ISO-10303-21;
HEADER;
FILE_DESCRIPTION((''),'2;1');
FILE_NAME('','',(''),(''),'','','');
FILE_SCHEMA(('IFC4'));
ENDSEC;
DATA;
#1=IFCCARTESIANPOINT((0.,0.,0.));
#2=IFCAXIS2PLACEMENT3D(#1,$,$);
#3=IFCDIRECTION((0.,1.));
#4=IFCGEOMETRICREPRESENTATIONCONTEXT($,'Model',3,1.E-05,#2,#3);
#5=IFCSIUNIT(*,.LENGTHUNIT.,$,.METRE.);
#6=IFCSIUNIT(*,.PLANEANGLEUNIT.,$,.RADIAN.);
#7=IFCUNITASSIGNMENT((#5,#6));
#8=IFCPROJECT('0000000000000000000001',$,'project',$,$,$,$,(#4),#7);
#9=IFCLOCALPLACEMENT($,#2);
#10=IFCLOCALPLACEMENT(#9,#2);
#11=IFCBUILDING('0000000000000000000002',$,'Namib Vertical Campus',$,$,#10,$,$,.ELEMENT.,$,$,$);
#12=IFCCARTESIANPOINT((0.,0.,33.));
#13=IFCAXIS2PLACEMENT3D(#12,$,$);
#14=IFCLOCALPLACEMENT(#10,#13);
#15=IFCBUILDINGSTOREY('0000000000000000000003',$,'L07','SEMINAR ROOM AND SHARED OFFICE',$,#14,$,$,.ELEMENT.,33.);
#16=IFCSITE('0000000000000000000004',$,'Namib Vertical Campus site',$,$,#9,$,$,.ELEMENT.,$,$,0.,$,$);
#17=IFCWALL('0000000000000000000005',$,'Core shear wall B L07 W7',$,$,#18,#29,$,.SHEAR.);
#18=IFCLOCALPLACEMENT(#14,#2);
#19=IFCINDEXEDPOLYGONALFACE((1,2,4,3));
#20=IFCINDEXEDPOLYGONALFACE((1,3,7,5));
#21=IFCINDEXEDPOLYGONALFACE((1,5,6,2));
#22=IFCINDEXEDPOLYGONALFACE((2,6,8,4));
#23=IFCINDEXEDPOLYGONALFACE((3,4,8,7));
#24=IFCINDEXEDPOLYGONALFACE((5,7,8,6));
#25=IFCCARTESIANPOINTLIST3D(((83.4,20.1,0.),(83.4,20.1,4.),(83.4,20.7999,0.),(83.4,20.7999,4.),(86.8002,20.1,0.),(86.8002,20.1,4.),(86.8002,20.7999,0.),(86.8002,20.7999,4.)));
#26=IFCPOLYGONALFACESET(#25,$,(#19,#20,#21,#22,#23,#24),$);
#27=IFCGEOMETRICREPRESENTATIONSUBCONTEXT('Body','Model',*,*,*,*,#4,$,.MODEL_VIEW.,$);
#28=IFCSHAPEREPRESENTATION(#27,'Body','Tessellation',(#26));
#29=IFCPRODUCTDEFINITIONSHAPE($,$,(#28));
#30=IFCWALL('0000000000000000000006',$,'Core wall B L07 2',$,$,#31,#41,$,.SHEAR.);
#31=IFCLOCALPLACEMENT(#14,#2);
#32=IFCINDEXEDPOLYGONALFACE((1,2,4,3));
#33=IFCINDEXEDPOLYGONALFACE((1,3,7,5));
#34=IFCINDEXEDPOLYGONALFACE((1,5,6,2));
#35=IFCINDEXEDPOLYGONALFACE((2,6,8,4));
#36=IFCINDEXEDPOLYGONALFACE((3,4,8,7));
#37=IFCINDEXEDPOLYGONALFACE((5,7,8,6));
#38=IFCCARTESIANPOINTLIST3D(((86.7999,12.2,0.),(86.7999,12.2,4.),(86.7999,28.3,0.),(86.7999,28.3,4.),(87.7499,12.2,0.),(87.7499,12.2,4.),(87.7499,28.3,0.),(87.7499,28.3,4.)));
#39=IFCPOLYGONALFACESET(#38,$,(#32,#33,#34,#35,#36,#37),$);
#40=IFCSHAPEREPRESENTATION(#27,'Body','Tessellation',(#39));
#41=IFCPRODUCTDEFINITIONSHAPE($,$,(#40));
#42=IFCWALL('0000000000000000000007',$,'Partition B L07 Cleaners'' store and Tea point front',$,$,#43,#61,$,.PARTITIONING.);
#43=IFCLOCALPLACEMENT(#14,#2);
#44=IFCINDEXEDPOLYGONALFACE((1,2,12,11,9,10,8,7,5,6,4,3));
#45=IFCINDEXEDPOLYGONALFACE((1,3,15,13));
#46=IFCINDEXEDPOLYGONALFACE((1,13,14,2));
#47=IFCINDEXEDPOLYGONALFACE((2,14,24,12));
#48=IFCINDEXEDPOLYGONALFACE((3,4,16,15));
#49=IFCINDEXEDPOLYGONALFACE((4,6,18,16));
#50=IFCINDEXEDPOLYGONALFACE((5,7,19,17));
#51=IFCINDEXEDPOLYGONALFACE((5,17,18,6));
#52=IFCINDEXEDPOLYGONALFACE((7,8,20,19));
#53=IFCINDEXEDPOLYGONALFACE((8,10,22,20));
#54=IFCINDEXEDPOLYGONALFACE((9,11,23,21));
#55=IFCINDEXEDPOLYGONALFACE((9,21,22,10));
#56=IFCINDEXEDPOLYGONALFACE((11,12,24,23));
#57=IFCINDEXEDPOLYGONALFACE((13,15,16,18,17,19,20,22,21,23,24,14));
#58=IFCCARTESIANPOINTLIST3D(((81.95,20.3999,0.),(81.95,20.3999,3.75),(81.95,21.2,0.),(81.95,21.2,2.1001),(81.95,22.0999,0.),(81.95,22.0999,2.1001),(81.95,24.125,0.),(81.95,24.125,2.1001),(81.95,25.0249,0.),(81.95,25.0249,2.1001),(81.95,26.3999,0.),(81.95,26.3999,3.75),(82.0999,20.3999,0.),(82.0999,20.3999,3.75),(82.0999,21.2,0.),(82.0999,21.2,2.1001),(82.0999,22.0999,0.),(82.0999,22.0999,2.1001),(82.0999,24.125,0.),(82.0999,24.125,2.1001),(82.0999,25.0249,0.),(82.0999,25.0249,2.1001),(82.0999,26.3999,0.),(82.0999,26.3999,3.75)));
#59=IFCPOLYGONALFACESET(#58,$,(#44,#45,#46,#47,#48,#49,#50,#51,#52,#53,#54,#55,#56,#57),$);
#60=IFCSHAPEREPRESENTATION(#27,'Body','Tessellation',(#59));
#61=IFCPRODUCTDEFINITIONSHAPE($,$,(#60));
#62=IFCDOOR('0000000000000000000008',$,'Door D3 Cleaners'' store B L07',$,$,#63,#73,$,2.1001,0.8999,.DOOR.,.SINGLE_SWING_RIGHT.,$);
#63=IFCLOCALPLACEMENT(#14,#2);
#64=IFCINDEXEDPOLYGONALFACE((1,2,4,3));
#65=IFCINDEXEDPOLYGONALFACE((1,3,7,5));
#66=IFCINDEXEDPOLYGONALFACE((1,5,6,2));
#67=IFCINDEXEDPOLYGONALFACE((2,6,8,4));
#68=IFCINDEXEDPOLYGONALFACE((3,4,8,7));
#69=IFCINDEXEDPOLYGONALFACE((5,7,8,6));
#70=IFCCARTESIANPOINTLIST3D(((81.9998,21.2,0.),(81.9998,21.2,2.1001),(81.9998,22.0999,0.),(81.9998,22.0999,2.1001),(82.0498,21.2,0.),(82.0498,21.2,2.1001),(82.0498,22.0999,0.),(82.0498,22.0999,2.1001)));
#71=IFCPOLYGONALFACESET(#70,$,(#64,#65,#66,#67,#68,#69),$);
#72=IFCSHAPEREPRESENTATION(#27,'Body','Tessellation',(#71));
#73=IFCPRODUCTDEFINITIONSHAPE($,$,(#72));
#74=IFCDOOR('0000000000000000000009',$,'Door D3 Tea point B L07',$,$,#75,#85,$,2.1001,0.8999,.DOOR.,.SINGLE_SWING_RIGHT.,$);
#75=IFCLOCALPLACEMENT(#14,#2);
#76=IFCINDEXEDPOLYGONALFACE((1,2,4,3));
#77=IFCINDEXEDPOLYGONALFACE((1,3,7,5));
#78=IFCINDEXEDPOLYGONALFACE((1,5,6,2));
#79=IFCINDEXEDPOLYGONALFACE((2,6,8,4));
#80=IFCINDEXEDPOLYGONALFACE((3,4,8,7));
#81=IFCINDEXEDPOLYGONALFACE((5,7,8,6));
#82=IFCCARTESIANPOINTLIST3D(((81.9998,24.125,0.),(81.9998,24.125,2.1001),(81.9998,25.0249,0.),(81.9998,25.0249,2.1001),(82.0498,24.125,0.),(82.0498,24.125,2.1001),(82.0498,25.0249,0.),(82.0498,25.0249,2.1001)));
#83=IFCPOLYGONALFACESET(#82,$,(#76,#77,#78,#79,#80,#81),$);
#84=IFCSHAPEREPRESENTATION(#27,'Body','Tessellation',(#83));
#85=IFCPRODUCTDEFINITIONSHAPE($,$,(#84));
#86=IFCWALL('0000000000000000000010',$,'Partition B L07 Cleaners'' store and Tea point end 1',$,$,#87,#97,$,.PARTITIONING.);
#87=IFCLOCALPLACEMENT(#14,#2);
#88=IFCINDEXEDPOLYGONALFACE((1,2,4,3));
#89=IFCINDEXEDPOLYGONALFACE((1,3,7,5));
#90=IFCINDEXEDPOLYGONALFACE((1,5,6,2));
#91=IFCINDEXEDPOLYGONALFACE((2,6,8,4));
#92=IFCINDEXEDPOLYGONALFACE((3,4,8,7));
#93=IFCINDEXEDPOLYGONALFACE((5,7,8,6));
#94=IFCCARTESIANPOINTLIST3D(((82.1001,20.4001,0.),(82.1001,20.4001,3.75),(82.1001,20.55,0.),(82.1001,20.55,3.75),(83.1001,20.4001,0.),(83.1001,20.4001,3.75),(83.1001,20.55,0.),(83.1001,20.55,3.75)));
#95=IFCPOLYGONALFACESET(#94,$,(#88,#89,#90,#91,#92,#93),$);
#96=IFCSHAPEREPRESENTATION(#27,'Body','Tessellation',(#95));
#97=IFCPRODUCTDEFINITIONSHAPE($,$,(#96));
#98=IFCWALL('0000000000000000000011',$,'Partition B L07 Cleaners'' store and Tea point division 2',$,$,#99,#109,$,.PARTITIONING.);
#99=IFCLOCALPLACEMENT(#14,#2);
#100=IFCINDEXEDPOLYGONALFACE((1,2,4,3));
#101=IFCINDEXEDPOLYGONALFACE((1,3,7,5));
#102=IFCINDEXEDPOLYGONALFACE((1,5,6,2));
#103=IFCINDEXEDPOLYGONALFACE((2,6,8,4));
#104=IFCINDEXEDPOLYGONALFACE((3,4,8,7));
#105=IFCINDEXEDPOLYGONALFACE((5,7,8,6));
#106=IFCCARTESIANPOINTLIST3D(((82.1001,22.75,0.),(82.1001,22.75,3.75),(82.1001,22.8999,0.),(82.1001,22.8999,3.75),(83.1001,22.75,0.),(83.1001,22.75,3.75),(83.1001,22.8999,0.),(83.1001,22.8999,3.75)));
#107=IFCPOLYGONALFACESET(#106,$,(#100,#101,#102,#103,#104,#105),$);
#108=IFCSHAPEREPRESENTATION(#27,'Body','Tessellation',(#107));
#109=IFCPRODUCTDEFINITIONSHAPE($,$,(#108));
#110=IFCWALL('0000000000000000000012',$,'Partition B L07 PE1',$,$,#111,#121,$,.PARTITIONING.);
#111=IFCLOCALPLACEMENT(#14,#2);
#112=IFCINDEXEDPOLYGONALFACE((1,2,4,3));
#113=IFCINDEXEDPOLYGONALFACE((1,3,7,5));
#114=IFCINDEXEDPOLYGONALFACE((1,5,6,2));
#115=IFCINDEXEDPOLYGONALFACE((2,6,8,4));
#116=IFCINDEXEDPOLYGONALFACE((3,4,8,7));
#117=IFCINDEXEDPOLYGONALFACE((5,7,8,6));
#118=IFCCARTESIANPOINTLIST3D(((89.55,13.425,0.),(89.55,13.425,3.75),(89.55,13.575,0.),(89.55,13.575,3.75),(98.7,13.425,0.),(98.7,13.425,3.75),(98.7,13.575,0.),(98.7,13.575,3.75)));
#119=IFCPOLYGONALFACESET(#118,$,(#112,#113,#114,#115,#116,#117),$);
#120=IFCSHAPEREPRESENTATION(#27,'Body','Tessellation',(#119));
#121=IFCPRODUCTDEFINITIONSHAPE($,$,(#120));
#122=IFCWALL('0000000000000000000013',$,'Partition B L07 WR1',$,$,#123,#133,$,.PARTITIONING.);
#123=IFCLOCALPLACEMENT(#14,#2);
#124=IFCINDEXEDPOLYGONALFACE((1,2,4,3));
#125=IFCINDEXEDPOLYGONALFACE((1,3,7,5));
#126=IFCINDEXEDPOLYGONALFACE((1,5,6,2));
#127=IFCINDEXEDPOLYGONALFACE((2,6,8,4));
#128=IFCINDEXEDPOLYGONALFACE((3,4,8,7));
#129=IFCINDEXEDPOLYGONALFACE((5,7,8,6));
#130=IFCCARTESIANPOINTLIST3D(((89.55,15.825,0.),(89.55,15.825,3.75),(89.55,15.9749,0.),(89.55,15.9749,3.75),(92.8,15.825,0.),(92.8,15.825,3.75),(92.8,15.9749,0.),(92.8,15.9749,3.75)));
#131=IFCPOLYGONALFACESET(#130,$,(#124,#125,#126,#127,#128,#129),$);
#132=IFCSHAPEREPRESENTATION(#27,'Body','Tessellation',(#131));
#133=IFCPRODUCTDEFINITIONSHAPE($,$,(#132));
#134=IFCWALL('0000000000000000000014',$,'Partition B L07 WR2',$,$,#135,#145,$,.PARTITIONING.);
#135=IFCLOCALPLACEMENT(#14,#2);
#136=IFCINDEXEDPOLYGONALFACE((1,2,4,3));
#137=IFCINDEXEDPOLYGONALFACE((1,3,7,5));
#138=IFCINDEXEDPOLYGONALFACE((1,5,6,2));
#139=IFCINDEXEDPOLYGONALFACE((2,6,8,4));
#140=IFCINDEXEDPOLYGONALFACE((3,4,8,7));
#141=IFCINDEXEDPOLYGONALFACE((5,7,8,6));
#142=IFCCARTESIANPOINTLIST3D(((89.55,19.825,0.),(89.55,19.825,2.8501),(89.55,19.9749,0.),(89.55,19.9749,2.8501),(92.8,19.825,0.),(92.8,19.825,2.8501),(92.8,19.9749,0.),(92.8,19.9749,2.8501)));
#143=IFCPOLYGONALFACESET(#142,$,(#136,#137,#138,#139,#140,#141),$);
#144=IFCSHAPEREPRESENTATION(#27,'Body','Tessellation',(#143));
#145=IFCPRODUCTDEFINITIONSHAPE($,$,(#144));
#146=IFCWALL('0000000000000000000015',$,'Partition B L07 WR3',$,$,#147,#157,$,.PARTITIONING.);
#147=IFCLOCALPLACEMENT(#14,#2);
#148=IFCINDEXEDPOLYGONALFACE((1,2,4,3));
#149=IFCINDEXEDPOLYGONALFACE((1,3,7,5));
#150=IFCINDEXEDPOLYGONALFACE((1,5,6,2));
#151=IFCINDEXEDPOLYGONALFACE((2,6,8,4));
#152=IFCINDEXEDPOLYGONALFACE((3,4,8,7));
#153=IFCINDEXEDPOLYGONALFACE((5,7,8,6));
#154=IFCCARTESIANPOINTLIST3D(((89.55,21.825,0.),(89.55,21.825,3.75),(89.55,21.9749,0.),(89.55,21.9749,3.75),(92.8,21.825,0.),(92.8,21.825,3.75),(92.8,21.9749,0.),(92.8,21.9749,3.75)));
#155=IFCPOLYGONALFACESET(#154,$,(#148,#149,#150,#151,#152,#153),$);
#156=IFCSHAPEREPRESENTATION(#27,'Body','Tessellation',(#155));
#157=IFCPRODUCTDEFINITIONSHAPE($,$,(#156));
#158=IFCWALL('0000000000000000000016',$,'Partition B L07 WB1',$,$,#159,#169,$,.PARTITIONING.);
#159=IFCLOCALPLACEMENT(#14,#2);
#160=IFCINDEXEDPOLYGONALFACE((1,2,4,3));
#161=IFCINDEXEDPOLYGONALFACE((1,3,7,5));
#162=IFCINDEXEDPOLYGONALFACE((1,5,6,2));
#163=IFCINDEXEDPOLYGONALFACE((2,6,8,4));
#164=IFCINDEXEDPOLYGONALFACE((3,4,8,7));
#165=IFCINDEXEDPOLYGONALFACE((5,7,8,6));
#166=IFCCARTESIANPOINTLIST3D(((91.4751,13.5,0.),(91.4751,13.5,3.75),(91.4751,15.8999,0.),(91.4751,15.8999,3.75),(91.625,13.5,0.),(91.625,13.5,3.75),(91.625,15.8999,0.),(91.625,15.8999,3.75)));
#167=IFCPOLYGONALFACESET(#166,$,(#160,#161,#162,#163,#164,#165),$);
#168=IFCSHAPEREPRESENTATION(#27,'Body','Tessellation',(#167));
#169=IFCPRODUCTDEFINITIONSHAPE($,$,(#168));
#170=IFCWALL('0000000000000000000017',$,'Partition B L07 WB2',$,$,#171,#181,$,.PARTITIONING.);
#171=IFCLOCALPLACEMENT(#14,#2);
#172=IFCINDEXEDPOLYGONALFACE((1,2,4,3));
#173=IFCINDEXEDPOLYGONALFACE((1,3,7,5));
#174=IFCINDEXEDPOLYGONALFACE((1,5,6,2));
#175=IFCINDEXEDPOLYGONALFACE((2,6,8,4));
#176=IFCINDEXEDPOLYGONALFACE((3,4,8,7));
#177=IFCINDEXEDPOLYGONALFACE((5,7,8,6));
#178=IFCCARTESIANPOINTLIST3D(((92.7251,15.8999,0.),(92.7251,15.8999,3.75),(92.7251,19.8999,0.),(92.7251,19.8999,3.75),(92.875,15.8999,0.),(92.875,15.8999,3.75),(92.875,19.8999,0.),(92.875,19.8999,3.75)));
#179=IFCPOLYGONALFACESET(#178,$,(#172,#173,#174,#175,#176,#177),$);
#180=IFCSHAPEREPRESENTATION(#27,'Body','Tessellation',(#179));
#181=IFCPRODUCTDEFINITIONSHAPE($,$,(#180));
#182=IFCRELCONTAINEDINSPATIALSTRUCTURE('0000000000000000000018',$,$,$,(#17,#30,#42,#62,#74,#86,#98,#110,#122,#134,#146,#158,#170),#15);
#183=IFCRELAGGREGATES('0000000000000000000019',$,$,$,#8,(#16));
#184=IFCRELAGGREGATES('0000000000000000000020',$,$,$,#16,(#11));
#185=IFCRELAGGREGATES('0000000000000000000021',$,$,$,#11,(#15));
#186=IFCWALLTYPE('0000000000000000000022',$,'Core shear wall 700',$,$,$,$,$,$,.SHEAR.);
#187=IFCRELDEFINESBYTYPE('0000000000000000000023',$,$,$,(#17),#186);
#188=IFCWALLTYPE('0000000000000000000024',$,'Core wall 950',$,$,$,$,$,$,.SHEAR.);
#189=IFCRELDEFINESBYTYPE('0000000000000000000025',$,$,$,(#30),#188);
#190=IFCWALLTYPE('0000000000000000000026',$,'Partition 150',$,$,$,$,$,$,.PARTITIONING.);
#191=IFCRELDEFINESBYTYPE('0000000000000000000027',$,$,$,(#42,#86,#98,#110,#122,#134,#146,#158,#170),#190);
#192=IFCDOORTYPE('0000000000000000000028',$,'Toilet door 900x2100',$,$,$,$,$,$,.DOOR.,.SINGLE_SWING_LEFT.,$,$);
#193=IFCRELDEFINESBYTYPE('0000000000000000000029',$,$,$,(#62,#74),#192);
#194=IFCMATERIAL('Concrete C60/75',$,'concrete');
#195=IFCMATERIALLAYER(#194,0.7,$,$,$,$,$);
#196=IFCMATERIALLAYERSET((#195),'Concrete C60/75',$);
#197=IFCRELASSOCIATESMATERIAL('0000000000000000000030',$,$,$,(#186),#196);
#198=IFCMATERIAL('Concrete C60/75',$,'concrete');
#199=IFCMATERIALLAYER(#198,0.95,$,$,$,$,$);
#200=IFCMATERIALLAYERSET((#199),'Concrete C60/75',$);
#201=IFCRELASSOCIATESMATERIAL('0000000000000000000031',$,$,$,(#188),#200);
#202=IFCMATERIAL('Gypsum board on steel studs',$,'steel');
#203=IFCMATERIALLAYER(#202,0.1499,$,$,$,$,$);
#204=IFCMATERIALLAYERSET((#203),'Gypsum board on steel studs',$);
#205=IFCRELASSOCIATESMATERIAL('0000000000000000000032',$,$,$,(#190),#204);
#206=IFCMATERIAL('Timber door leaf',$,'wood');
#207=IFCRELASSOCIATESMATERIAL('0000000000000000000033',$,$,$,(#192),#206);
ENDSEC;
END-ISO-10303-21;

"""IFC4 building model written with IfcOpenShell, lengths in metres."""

from ifc_helpers import new_model, si_unit, direction, frame, frame_2d, origin, place, context, subcontext, project, spatial, rectangle, extrude, material, layer, layer_set, type_object, element, fill, save


model = new_model("IFC4")

# Units and contexts
model_context = context("Model", 3, precision=1e-05, world=origin(), true_north=direction((0.0, 1.0)))
body_context = subcontext(model_context, "Body", "Model", "MODEL_VIEW")
ifc_project = project(units=[si_unit("LENGTHUNIT", "METRE"), si_unit("PLANEANGLEUNIT", "RADIAN")], contexts=[model_context])

# Site, building, storey
site_placement = place(None, origin())
site = spatial("IfcSite", under=ifc_project, at=site_placement, Name="Namib Vertical Campus site", CompositionType="ELEMENT", RefElevation=0.0)
building_placement = place(site_placement, origin())
building = spatial("IfcBuilding", under=site, at=building_placement, Name="Namib Vertical Campus", CompositionType="ELEMENT")
storey_placement = place(building_placement, frame((0.0, 0.0, 33.0)))
storey = spatial("IfcBuildingStorey", under=building, at=storey_placement, Name="L07", Description="SEMINAR ROOM AND SHARED OFFICE", CompositionType="ELEMENT", Elevation=33.0)

# Walls
ifc_material_1 = material(Name="Concrete C60/75", Category="concrete")
ifc_layer_1 = layer(ifc_material_1, 0.7)
ifc_layer_set_1 = layer_set([ifc_layer_1], Name="Concrete C60/75")
wall_type_1 = type_object("IfcWallType", Name="Core shear wall 700", PredefinedType="SHEAR", material=ifc_layer_set_1)
wall_1_placement = place(storey_placement, frame((83.3999, 20.45, 0.0), z_axis=(0.0, 0.0, 1.0), x_axis=(1.0, 0.0, 0.0)))
element("IfcWall", 1, at=wall_1_placement, inside=storey, type_object=wall_type_1, Name="Core shear wall B L07 W7", PredefinedType="SHEAR", context=body_context, shape_type="SweptSolid", body=[
    extrude(rectangle(XDim=3.4001, YDim=0.7, at=frame_2d((1.7002, 0.0))), origin(), (0.0, 0.0, 1.0), 4.0),
])
ifc_material_2 = material(Name="Concrete C60/75", Category="concrete")
ifc_layer_2 = layer(ifc_material_2, 0.95)
ifc_layer_set_2 = layer_set([ifc_layer_2], Name="Concrete C60/75")
wall_type_2 = type_object("IfcWallType", Name="Core wall 950", PredefinedType="SHEAR", material=ifc_layer_set_2)
wall_2_placement = place(storey_placement, frame((87.2749, 12.2, 0.0), z_axis=(0.0, 0.0, 1.0), x_axis=(0.0, 1.0, 0.0)))
element("IfcWall", 2, at=wall_2_placement, inside=storey, type_object=wall_type_2, Name="Core wall B L07 2", PredefinedType="SHEAR", context=body_context, shape_type="SweptSolid", body=[
    extrude(rectangle(XDim=16.1001, YDim=0.95, at=frame_2d((8.05, 0.0))), origin(), (0.0, 0.0, 1.0), 4.0),
])

# Wall, openings, doors
ifc_material_3 = material(Name="Gypsum board on steel studs", Category="steel")
ifc_layer_3 = layer(ifc_material_3, 0.1499)
ifc_layer_set_3 = layer_set([ifc_layer_3], Name="Gypsum board on steel studs")
wall_type_3 = type_object("IfcWallType", Name="Partition 150", PredefinedType="PARTITIONING", material=ifc_layer_set_3)
wall_3_placement = place(storey_placement, frame((82.0249, 20.3999, 0.0), z_axis=(0.0, 0.0, 1.0), x_axis=(0.0, 1.0, 0.0)))
wall_3 = element("IfcWall", 3, at=wall_3_placement, inside=storey, type_object=wall_type_3, Name="Partition B L07 Cleaners' store and Tea point front", PredefinedType="PARTITIONING", context=body_context, shape_type="SweptSolid", body=[
    extrude(rectangle(XDim=6.0, YDim=0.1499, at=frame_2d((3.0, 0.0))), origin(), (0.0, 0.0, 1.0), 3.75),
])
opening_1_placement = place(wall_3_placement, frame((0.8, 0.0, 0.0)))
opening_1 = element("IfcOpeningElement", 4, at=opening_1_placement, cuts=wall_3, PredefinedType="OPENING", context=body_context, shape_type="SweptSolid", body=[
    extrude(rectangle(XDim=0.8999, YDim=2.1001, at=frame_2d((0.45, 1.05))), frame((0.0, 0.085, 0.0), z_axis=(0.0, -1.0, 0.0), x_axis=(1.0, 0.0, 0.0)), (0.0, 0.0, 1.0), 0.1699),
])
opening_2_placement = place(wall_3_placement, frame((3.7251, 0.0, 0.0)))
opening_2 = element("IfcOpeningElement", 5, at=opening_2_placement, cuts=wall_3, PredefinedType="OPENING", context=body_context, shape_type="SweptSolid", body=[
    extrude(rectangle(XDim=0.8999, YDim=2.1001, at=frame_2d((0.45, 1.05))), frame((0.0, 0.085, 0.0), z_axis=(0.0, -1.0, 0.0), x_axis=(1.0, 0.0, 0.0)), (0.0, 0.0, 1.0), 0.1699),
])
ifc_material_4 = material(Name="Timber door leaf", Category="wood")
door_type_1 = type_object("IfcDoorType", Name="Toilet door 900x2100", OperationType="SINGLE_SWING_LEFT", PredefinedType="DOOR", material=ifc_material_4)
door_1_placement = place(opening_1_placement, frame((0.8999, 0.0, 0.0), z_axis=(0.0, 0.0, 1.0), x_axis=(-1.0, 0.0, 0.0)))
door_1 = element("IfcDoor", 6, at=door_1_placement, inside=storey, type_object=door_type_1, Name="Door D3 Cleaners' store B L07", OperationType="SINGLE_SWING_RIGHT", OverallHeight=2.1001, OverallWidth=0.8999, PredefinedType="DOOR", context=body_context, shape_type="SweptSolid", body=[
    extrude(rectangle(XDim=0.8999, YDim=2.1001, at=frame_2d((0.45, 1.05))), frame((0.0, 0.0249, 0.0), z_axis=(0.0, -1.0, 0.0), x_axis=(1.0, 0.0, 0.0)), (0.0, 0.0, 1.0), 0.05),
])
fill(opening_1, door_1)
door_2_placement = place(opening_2_placement, frame((0.8999, 0.0, 0.0), z_axis=(0.0, 0.0, 1.0), x_axis=(-1.0, 0.0, 0.0)))
door_2 = element("IfcDoor", 7, at=door_2_placement, inside=storey, type_object=door_type_1, Name="Door D3 Tea point B L07", OperationType="SINGLE_SWING_RIGHT", OverallHeight=2.1001, OverallWidth=0.8999, PredefinedType="DOOR", context=body_context, shape_type="SweptSolid", body=[
    extrude(rectangle(XDim=0.8999, YDim=2.1001, at=frame_2d((0.45, 1.05))), frame((0.0, 0.0249, 0.0), z_axis=(0.0, -1.0, 0.0), x_axis=(1.0, 0.0, 0.0)), (0.0, 0.0, 1.0), 0.05),
])
fill(opening_2, door_2)

# Walls
for number, where, z_axis, x_axis, name in (
    (8, (82.1001, 20.4751, 0.0), (0.0, 0.0, 1.0), (1.0, 0.0, 0.0), "Partition B L07 Cleaners' store and Tea point end 1"),
    (9, (82.1001, 22.825, 0.0), (0.0, 0.0, 1.0), (1.0, 0.0, 0.0), "Partition B L07 Cleaners' store and Tea point division 2"),
):
    element("IfcWall", number, at=place(storey_placement, frame(where, z_axis=z_axis, x_axis=x_axis)), inside=storey, type_object=wall_type_3, Name=name, PredefinedType="PARTITIONING", context=body_context, shape_type="SweptSolid", body=[
        extrude(rectangle(XDim=1.0, YDim=0.1499, at=frame_2d((0.5, 0.0))), origin(), (0.0, 0.0, 1.0), 3.75),
    ])
wall_4_placement = place(storey_placement, frame((89.55, 13.5, 0.0), z_axis=(0.0, 0.0, 1.0), x_axis=(1.0, 0.0, 0.0)))
element("IfcWall", 10, at=wall_4_placement, inside=storey, type_object=wall_type_3, Name="Partition B L07 PE1", PredefinedType="PARTITIONING", context=body_context, shape_type="SweptSolid", body=[
    extrude(rectangle(XDim=9.1499, YDim=0.1499, at=frame_2d((4.575, 0.0))), origin(), (0.0, 0.0, 1.0), 3.75),
])
wall_5_placement = place(storey_placement, frame((89.55, 15.8999, 0.0), z_axis=(0.0, 0.0, 1.0), x_axis=(1.0, 0.0, 0.0)))
element("IfcWall", 11, at=wall_5_placement, inside=storey, type_object=wall_type_3, Name="Partition B L07 WR1", PredefinedType="PARTITIONING", context=body_context, shape_type="SweptSolid", body=[
    extrude(rectangle(XDim=3.25, YDim=0.1499, at=frame_2d((1.625, 0.0))), origin(), (0.0, 0.0, 1.0), 3.75),
])
wall_6_placement = place(storey_placement, frame((89.55, 19.8999, 0.0), z_axis=(0.0, 0.0, 1.0), x_axis=(1.0, 0.0, 0.0)))
element("IfcWall", 12, at=wall_6_placement, inside=storey, type_object=wall_type_3, Name="Partition B L07 WR2", PredefinedType="PARTITIONING", context=body_context, shape_type="SweptSolid", body=[
    extrude(rectangle(XDim=3.25, YDim=0.1499, at=frame_2d((1.625, 0.0))), origin(), (0.0, 0.0, 1.0), 2.8501),
])
wall_7_placement = place(storey_placement, frame((89.55, 21.8999, 0.0), z_axis=(0.0, 0.0, 1.0), x_axis=(1.0, 0.0, 0.0)))
element("IfcWall", 13, at=wall_7_placement, inside=storey, type_object=wall_type_3, Name="Partition B L07 WR3", PredefinedType="PARTITIONING", context=body_context, shape_type="SweptSolid", body=[
    extrude(rectangle(XDim=3.25, YDim=0.1499, at=frame_2d((1.625, 0.0))), origin(), (0.0, 0.0, 1.0), 3.75),
])
wall_8_placement = place(storey_placement, frame((91.55, 13.5, 0.0), z_axis=(0.0, 0.0, 1.0), x_axis=(0.0, 1.0, 0.0)))
element("IfcWall", 14, at=wall_8_placement, inside=storey, type_object=wall_type_3, Name="Partition B L07 WB1", PredefinedType="PARTITIONING", context=body_context, shape_type="SweptSolid", body=[
    extrude(rectangle(XDim=2.3999, YDim=0.1499, at=frame_2d((1.2, 0.0))), origin(), (0.0, 0.0, 1.0), 3.75),
])
wall_9_placement = place(storey_placement, frame((92.8, 15.8999, 0.0), z_axis=(0.0, 0.0, 1.0), x_axis=(0.0, 1.0, 0.0)))
element("IfcWall", 15, at=wall_9_placement, inside=storey, type_object=wall_type_3, Name="Partition B L07 WB2", PredefinedType="PARTITIONING", context=body_context, shape_type="SweptSolid", body=[
    extrude(rectangle(XDim=4.0, YDim=0.1499, at=frame_2d((2.0, 0.0))), origin(), (0.0, 0.0, 1.0), 3.75),
])

save(model, "model.ifc")
